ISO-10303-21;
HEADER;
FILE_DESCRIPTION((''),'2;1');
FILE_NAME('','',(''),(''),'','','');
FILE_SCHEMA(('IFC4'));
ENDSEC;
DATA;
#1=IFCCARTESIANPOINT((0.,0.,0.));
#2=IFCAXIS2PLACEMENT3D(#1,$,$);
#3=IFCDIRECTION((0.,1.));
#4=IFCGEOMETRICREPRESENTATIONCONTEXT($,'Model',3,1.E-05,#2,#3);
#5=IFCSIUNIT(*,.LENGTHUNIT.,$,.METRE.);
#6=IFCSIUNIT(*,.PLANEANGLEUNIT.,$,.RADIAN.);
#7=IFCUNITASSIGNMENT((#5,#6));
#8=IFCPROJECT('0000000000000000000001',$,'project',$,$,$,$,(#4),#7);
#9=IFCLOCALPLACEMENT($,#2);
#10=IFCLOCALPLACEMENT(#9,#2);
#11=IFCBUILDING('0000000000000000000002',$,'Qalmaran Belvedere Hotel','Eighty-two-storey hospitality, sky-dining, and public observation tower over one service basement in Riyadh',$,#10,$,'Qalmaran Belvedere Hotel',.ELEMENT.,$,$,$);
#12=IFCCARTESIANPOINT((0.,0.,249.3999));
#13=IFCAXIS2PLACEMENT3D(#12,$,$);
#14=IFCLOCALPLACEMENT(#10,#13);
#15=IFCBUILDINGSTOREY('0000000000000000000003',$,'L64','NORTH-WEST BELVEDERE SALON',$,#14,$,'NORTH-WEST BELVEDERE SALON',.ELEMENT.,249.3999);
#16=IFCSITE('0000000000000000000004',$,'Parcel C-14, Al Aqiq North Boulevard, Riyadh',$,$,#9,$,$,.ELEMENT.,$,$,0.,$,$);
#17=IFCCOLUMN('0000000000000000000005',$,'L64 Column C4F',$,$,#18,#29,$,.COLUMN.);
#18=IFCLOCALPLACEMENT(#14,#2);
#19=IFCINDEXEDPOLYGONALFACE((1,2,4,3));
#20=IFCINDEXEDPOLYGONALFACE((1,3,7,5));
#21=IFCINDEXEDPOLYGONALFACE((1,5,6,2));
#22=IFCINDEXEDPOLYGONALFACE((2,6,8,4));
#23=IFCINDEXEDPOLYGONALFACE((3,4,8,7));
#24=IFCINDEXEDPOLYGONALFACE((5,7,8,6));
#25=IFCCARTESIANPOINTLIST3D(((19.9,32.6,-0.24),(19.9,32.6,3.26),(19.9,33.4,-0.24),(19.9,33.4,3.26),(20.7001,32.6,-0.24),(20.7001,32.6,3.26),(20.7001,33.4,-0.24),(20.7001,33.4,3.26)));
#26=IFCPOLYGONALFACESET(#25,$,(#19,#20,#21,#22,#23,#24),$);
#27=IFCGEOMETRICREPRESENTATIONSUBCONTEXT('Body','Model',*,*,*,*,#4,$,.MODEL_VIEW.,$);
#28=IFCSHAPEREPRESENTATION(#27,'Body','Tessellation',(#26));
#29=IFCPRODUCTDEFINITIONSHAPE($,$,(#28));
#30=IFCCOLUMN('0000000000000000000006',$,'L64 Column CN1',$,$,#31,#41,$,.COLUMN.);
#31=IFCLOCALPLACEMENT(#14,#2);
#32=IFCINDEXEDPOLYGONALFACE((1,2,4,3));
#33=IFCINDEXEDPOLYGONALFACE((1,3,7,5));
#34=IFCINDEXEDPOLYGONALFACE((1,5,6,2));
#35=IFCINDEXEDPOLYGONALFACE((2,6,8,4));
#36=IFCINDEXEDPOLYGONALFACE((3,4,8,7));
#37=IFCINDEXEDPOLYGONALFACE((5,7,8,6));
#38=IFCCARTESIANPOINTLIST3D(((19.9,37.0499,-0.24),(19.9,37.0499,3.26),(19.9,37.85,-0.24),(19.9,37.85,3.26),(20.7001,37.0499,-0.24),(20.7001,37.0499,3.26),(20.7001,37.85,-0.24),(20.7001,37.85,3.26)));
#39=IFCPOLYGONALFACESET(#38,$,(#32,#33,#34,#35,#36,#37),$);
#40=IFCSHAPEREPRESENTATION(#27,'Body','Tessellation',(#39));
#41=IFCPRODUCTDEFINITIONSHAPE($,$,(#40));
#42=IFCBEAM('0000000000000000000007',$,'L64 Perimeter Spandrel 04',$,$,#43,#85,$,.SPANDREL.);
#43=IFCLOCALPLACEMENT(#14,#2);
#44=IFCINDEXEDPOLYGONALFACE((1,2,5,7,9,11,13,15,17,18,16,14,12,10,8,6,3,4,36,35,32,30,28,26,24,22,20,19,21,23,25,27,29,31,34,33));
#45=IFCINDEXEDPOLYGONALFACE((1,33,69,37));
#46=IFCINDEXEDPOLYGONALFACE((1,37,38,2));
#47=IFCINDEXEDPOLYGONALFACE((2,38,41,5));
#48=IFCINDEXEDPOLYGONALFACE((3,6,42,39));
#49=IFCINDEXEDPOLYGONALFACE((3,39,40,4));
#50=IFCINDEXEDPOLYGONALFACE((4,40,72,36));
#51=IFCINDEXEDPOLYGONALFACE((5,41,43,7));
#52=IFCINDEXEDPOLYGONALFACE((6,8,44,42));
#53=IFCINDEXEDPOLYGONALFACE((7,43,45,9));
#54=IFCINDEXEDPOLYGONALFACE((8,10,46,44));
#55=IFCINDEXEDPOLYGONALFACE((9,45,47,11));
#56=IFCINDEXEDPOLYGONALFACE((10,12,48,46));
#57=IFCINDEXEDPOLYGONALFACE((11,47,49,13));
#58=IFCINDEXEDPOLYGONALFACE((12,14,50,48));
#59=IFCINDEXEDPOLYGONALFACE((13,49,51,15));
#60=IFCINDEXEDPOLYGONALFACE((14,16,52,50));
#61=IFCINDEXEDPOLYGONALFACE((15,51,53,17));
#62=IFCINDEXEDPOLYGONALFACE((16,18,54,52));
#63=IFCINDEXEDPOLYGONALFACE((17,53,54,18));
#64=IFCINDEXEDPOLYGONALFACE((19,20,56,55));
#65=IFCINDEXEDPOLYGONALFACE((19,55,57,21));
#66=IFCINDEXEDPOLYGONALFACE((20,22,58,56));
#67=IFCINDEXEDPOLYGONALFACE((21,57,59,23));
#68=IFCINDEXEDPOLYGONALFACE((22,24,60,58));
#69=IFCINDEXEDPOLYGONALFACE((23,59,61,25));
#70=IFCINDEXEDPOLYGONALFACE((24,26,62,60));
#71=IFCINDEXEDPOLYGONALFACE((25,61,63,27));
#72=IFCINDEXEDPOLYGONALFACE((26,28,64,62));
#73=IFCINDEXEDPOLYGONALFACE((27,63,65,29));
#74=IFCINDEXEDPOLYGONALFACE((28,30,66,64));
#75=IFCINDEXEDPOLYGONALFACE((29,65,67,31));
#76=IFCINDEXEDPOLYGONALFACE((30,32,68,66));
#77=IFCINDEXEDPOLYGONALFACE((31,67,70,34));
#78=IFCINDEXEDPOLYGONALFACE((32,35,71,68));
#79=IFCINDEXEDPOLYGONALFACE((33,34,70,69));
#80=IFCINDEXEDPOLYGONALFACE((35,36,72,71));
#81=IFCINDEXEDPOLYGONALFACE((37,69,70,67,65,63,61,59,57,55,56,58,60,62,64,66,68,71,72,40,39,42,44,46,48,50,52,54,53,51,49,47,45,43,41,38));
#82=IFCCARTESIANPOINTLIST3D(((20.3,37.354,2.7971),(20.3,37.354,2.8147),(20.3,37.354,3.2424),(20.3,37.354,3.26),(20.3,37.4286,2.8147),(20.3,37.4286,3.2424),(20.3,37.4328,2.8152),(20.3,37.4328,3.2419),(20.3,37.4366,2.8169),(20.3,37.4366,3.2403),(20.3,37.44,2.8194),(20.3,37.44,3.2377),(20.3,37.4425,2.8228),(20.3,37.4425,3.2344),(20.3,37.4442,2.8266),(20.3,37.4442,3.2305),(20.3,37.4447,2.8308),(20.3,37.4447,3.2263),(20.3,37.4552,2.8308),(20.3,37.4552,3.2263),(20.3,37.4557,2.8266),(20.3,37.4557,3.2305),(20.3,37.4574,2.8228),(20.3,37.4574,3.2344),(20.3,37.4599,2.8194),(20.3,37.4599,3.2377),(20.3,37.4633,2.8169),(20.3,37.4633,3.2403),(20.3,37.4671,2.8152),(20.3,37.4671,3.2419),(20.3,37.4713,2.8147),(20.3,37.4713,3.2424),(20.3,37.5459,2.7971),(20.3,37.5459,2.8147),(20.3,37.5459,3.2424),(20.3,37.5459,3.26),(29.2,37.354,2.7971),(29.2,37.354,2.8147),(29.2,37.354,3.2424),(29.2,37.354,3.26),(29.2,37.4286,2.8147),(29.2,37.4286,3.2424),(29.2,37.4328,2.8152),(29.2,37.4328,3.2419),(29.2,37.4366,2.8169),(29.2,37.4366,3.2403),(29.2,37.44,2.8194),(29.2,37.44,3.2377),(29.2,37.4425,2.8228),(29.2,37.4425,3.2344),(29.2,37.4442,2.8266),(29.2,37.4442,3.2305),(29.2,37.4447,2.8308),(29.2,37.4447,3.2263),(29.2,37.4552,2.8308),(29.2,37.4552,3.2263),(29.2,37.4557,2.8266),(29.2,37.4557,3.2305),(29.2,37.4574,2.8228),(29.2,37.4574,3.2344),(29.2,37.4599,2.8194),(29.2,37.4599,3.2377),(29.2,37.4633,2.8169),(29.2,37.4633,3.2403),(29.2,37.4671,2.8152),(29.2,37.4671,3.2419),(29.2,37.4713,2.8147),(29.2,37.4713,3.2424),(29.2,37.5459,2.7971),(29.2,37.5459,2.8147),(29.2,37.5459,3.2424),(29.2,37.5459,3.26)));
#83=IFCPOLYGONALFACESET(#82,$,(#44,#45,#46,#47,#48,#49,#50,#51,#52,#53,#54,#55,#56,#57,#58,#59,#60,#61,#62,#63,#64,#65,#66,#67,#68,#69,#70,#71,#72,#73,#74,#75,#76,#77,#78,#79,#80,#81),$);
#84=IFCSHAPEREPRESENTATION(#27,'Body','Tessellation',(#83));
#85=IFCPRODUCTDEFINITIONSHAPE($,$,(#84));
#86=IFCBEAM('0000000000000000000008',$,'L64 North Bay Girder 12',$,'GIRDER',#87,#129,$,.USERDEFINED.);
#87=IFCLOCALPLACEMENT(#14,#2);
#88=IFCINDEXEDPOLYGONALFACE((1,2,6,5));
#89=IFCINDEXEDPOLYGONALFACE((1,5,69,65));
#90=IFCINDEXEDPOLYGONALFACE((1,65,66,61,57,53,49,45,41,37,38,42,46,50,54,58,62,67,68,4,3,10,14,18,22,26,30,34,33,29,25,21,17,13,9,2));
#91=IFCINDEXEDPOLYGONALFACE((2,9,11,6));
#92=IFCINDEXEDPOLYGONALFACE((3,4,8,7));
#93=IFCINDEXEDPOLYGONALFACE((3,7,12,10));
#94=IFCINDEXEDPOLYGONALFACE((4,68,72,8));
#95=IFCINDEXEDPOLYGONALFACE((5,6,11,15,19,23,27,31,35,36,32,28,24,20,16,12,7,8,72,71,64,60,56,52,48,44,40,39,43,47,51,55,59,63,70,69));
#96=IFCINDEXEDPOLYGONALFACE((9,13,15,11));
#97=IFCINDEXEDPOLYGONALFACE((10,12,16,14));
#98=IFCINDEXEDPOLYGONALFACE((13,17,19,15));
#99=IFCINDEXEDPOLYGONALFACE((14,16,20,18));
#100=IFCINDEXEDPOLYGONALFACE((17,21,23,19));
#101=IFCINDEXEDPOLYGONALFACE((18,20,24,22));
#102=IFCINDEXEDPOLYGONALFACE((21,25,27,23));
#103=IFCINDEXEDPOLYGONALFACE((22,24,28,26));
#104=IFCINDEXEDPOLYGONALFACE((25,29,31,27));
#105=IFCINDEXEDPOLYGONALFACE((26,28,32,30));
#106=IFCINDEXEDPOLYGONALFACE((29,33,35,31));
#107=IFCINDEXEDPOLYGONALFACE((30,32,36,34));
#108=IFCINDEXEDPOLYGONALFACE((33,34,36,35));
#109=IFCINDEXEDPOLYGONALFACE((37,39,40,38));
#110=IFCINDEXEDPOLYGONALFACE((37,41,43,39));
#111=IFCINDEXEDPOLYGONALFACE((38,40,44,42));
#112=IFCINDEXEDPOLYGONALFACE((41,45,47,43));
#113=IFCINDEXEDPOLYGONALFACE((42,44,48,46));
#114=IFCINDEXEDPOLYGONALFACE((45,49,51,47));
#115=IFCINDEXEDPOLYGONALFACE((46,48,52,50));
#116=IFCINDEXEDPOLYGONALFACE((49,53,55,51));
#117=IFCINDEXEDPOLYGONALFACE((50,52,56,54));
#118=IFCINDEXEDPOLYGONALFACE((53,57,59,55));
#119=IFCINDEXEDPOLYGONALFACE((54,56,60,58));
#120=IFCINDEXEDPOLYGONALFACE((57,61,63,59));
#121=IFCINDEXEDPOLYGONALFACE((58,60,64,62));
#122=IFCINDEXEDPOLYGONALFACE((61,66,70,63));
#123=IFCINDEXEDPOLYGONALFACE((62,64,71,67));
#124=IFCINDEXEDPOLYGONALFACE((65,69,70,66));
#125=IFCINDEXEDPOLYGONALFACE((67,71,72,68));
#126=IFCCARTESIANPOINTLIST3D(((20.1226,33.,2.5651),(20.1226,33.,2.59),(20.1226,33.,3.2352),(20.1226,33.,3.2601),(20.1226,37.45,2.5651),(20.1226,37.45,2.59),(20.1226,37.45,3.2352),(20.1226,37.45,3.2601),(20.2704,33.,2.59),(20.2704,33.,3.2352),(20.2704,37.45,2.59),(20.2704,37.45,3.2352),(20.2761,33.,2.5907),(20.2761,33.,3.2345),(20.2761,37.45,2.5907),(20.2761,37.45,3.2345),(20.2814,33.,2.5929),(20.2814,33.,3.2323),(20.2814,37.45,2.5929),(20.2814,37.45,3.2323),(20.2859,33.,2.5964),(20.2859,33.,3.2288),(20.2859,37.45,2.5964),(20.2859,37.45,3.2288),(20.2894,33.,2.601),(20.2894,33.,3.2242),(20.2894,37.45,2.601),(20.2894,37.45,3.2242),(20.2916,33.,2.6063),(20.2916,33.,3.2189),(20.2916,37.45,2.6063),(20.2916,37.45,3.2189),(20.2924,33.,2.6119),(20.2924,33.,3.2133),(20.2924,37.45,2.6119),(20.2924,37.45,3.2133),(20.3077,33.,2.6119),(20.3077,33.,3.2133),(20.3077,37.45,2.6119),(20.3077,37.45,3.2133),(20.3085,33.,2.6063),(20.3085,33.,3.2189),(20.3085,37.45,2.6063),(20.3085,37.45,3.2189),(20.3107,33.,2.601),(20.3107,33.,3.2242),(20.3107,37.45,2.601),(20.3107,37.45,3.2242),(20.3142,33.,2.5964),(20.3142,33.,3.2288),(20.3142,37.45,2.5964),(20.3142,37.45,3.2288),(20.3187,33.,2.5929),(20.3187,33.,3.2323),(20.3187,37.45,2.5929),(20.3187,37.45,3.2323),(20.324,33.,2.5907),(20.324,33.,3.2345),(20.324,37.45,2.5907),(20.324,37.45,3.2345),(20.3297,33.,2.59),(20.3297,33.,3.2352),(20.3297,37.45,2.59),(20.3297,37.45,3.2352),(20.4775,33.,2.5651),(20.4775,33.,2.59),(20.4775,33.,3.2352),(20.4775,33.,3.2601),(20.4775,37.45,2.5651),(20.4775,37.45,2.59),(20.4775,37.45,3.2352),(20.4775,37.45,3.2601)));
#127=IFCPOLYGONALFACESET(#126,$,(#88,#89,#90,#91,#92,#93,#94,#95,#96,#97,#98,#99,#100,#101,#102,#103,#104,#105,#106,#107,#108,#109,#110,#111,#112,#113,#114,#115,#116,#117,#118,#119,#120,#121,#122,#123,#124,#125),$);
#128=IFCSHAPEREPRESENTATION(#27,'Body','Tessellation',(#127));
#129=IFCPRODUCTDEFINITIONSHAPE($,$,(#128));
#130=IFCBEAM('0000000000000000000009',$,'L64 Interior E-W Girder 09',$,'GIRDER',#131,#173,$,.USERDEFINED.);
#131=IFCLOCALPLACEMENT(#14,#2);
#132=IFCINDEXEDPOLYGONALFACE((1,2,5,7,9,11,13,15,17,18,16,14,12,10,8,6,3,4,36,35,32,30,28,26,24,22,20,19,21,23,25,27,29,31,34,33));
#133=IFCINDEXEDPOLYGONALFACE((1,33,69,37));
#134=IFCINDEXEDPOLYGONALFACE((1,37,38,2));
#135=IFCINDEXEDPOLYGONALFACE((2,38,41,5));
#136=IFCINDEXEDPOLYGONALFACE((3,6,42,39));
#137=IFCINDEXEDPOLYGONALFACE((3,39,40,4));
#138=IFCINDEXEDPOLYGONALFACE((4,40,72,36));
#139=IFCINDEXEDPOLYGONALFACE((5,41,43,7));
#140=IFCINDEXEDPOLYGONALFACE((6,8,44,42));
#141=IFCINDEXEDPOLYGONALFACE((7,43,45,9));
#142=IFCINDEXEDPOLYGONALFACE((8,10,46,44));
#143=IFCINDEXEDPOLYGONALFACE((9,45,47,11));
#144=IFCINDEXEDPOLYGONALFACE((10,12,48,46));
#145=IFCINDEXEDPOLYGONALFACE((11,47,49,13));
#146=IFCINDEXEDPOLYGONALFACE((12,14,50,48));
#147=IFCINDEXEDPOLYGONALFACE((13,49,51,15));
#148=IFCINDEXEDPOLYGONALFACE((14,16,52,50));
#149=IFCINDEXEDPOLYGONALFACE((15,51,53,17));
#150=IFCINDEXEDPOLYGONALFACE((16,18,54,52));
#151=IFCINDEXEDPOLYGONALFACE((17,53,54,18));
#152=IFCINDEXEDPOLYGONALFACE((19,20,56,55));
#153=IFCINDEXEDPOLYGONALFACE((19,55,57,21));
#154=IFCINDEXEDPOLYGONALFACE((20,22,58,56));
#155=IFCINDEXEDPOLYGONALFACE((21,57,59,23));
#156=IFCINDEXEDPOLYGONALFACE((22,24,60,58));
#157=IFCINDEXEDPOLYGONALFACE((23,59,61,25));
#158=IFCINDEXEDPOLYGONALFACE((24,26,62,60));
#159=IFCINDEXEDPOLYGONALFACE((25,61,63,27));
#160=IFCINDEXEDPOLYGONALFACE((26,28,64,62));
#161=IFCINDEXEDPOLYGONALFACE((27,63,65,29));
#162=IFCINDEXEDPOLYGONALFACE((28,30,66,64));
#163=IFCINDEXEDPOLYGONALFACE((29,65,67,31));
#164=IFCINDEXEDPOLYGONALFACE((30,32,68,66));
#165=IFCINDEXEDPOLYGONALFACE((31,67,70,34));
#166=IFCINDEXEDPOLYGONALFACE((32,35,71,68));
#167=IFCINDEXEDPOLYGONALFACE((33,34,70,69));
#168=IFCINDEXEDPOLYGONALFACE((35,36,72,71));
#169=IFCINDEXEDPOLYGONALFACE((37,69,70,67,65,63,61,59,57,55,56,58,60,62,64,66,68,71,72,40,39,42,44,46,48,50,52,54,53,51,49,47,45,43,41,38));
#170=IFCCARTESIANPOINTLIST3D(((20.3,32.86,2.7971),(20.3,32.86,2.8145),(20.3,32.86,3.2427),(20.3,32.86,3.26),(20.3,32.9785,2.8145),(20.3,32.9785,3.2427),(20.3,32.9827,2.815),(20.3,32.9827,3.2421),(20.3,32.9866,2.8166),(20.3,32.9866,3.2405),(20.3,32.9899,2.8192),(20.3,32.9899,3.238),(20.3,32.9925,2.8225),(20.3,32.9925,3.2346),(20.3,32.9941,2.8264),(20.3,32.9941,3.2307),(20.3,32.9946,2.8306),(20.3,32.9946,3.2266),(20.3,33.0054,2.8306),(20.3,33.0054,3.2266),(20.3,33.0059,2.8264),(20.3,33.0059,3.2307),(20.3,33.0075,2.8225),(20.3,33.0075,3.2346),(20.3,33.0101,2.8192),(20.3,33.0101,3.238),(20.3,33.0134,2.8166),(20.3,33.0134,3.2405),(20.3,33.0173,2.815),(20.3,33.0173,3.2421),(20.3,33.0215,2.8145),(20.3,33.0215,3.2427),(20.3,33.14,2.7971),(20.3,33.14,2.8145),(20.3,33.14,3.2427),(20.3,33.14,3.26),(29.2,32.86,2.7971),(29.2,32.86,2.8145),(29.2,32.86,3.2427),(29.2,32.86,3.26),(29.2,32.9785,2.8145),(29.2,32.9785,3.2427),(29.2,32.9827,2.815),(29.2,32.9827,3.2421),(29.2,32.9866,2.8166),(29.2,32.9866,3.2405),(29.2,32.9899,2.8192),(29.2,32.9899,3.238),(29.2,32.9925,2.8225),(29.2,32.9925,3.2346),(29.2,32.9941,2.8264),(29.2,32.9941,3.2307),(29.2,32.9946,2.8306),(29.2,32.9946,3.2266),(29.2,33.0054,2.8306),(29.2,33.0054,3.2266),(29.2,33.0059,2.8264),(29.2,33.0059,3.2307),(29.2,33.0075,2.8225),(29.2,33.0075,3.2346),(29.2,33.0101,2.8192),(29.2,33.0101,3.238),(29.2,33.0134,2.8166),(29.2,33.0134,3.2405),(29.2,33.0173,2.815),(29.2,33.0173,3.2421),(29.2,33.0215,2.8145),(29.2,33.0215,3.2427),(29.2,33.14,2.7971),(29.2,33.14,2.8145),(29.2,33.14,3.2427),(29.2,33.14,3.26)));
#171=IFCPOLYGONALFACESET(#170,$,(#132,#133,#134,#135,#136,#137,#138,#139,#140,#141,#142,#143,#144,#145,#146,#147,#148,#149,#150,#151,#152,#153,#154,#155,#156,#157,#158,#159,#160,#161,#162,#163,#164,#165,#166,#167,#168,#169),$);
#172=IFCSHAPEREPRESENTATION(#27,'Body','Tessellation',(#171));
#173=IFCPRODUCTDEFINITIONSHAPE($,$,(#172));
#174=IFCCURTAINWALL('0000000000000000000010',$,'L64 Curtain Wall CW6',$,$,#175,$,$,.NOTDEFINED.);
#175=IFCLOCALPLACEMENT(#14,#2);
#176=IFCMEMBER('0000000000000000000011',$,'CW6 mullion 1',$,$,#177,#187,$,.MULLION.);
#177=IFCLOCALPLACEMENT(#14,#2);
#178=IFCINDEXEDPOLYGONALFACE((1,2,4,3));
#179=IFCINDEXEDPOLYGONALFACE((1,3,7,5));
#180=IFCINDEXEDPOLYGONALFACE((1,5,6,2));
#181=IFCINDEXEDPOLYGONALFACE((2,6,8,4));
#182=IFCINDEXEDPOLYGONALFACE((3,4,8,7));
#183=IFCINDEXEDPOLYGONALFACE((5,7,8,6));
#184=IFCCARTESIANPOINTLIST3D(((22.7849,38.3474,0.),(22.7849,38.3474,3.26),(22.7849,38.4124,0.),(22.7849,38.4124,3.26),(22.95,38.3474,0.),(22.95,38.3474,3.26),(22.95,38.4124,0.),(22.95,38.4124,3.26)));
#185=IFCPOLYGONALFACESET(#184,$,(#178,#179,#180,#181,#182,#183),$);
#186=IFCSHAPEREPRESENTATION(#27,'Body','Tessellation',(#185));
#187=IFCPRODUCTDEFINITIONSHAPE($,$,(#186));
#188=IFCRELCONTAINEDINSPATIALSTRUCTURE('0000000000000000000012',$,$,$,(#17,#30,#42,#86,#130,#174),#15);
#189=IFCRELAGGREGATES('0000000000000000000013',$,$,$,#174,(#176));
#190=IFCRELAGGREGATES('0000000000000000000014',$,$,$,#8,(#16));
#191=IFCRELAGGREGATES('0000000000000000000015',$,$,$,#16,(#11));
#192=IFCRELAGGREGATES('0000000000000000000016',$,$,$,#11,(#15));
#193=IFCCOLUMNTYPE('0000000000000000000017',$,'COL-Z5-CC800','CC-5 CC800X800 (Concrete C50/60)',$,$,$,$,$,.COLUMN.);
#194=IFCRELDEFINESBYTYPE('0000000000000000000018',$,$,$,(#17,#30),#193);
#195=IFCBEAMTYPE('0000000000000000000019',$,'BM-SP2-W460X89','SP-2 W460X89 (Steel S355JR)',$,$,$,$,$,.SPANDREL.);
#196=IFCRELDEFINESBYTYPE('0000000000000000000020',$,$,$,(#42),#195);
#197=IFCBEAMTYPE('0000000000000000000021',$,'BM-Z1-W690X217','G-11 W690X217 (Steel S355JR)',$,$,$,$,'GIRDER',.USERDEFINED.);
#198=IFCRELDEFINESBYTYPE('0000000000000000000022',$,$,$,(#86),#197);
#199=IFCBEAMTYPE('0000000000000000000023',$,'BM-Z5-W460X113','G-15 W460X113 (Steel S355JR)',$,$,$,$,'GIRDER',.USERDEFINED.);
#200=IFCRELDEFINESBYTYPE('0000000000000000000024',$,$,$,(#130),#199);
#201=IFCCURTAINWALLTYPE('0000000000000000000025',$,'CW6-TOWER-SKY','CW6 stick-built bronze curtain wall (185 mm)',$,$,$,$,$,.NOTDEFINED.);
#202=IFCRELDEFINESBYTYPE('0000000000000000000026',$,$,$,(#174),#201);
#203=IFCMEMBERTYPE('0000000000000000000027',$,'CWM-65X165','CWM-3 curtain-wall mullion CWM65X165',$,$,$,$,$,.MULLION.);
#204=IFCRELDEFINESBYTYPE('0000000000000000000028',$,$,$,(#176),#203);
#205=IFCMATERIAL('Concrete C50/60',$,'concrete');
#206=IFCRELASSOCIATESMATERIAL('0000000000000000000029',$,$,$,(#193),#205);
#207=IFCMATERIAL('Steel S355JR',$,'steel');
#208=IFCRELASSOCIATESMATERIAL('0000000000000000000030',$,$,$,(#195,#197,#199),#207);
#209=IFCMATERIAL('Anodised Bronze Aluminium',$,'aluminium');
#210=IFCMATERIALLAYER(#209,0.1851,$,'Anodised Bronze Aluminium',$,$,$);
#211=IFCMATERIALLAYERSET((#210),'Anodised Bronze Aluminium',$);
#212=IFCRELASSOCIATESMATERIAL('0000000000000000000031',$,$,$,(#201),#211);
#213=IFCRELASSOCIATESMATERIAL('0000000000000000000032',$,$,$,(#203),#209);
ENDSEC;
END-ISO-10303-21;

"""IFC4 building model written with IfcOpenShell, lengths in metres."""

from ifc_helpers import new_model, si_unit, direction, frame, origin, origin_2d, place, context, subcontext, project, spatial, rectangle, i_section, extrude, material, layer, layer_set, material_profile, profile_set, type_object, element, aggregate, save


model = new_model("IFC4")

# Units and contexts
model_context = context("Model", 3, precision=1e-05, world=origin(), true_north=direction((0.0, 1.0)))
body_context = subcontext(model_context, "Body", "Model", "MODEL_VIEW")
ifc_project = project(units=[si_unit("LENGTHUNIT", "METRE"), si_unit("PLANEANGLEUNIT", "RADIAN")], contexts=[model_context])

# Site, building, storey
site_placement = place(None, origin())
site = spatial("IfcSite", under=ifc_project, at=site_placement, Name="Parcel C-14, Al Aqiq North Boulevard, Riyadh", CompositionType="ELEMENT", RefElevation=0.0)
building_placement = place(site_placement, origin())
building = spatial("IfcBuilding", under=site, at=building_placement, Name="Qalmaran Belvedere Hotel", Description="Eighty-two-storey hospitality, sky-dining, and public observation tower over one service basement in Riyadh", LongName="Qalmaran Belvedere Hotel", CompositionType="ELEMENT")
storey_placement = place(building_placement, frame((0.0, 0.0, 249.3999)))
storey = spatial("IfcBuildingStorey", under=building, at=storey_placement, Name="L64", Description="NORTH-WEST BELVEDERE SALON", LongName="NORTH-WEST BELVEDERE SALON", CompositionType="ELEMENT", Elevation=249.3999)

# Columns
ifc_material_1 = material(Name="Concrete C50/60", Category="concrete")
ifc_material_profile_1 = material_profile(ifc_material_1, rectangle(XDim=0.8, YDim=0.8, at=origin_2d()), Name="CC800X800")
ifc_profile_set_1 = profile_set([ifc_material_profile_1], Name="Concrete C50/60")
column_type = type_object("IfcColumnType", Name="COL-Z5-CC800", Description="CC-5 CC800X800 (Concrete C50/60)", PredefinedType="COLUMN", material=ifc_profile_set_1)
for number, where, z_axis, x_axis, name in (
    (1, (20.3, 33.0, -0.24), (0.0, 0.0, 1.0), (1.0, 0.0, 0.0), "L64 Column C4F"),
    (2, (20.3, 37.45, -0.24), (0.0, 0.0, 1.0), (1.0, 0.0, 0.0), "L64 Column CN1"),
):
    element("IfcColumn", number, at=place(storey_placement, frame(where, z_axis=z_axis, x_axis=x_axis)), inside=storey, type_object=column_type, Name=name, PredefinedType="COLUMN", context=body_context, shape_type="SweptSolid", body=[
        extrude(rectangle(XDim=0.8, YDim=0.8, at=origin_2d()), origin(), (0.0, 0.0, 1.0), 3.5),
    ])

# Beams
ifc_material_2 = material(Name="Steel S355JR", Category="steel")
ifc_material_profile_2 = material_profile(ifc_material_2, i_section(OverallWidth=0.1919, OverallDepth=0.4629, WebThickness=0.0105, FlangeThickness=0.0176, FilletRadius=0.0161, at=origin_2d()), Name="W460X89")
ifc_profile_set_2 = profile_set([ifc_material_profile_2], Name="Steel S355JR")
beam_type_1 = type_object("IfcBeamType", Name="BM-SP2-W460X89", Description="SP-2 W460X89 (Steel S355JR)", PredefinedType="SPANDREL", material=ifc_profile_set_2)
beam_1_placement = place(storey_placement, frame((20.3, 37.45, 3.0286), z_axis=(1.0, 0.0, 0.0), x_axis=(0.0, 1.0, 0.0)))
element("IfcBeam", 3, at=beam_1_placement, inside=storey, type_object=beam_type_1, Name="L64 Perimeter Spandrel 04", PredefinedType="SPANDREL", context=body_context, shape_type="SweptSolid", body=[
    extrude(i_section(OverallWidth=0.1919, OverallDepth=0.4629, WebThickness=0.0105, FlangeThickness=0.0176, FilletRadius=0.0161, at=origin_2d()), origin(), (0.0, 0.0, 1.0), 8.8999),
])
ifc_material_profile_3 = material_profile(ifc_material_2, i_section(OverallWidth=0.355, OverallDepth=0.6951, WebThickness=0.0154, FlangeThickness=0.0249, FilletRadius=0.022, at=origin_2d()), Name="W690X217")
ifc_profile_set_3 = profile_set([ifc_material_profile_3], Name="Steel S355JR")
beam_type_2 = type_object("IfcBeamType", Name="BM-Z1-W690X217", Description="G-11 W690X217 (Steel S355JR)", ElementType="GIRDER", PredefinedType="USERDEFINED", material=ifc_profile_set_3)
beam_2_placement = place(storey_placement, frame((20.3, 33.0, 2.9126), z_axis=(0.0, 1.0, 0.0), x_axis=(-1.0, 0.0, 0.0)))
element("IfcBeam", 4, at=beam_2_placement, inside=storey, type_object=beam_type_2, Name="L64 North Bay Girder 12", ObjectType="GIRDER", PredefinedType="USERDEFINED", context=body_context, shape_type="SweptSolid", body=[
    extrude(i_section(OverallWidth=0.355, OverallDepth=0.6951, WebThickness=0.0154, FlangeThickness=0.0249, FilletRadius=0.022, at=origin_2d()), origin(), (0.0, 0.0, 1.0), 4.45),
])
ifc_material_profile_4 = material_profile(ifc_material_2, i_section(OverallWidth=0.28, OverallDepth=0.4629, WebThickness=0.0107, FlangeThickness=0.0173, FilletRadius=0.0161, at=origin_2d()), Name="W460X113")
ifc_profile_set_4 = profile_set([ifc_material_profile_4], Name="Steel S355JR")
beam_type_3 = type_object("IfcBeamType", Name="BM-Z5-W460X113", Description="G-15 W460X113 (Steel S355JR)", ElementType="GIRDER", PredefinedType="USERDEFINED", material=ifc_profile_set_4)
beam_3_placement = place(storey_placement, frame((20.3, 33.0, 3.0286), z_axis=(1.0, 0.0, 0.0), x_axis=(0.0, 1.0, 0.0)))
element("IfcBeam", 5, at=beam_3_placement, inside=storey, type_object=beam_type_3, Name="L64 Interior E-W Girder 09", ObjectType="GIRDER", PredefinedType="USERDEFINED", context=body_context, shape_type="SweptSolid", body=[
    extrude(i_section(OverallWidth=0.28, OverallDepth=0.4629, WebThickness=0.0107, FlangeThickness=0.0173, FilletRadius=0.0161, at=origin_2d()), origin(), (0.0, 0.0, 1.0), 8.8999),
])

# Curtain wall, member
ifc_material_3 = material(Name="Anodised Bronze Aluminium", Category="aluminium")
ifc_layer_1 = layer(ifc_material_3, 0.1851, Name="Anodised Bronze Aluminium")
ifc_layer_set_1 = layer_set([ifc_layer_1], Name="Anodised Bronze Aluminium")
curtain_wall_type = type_object("IfcCurtainWallType", Name="CW6-TOWER-SKY", Description="CW6 stick-built bronze curtain wall (185 mm)", PredefinedType="NOTDEFINED", material=ifc_layer_set_1)
curtain_wall_1_placement = place(storey_placement, origin())
curtain_wall_1 = element("IfcCurtainWall", 6, at=curtain_wall_1_placement, inside=storey, type_object=curtain_wall_type, Name="L64 Curtain Wall CW6", PredefinedType="NOTDEFINED")
ifc_material_profile_5 = material_profile(ifc_material_3, rectangle(XDim=0.0649, YDim=0.165, at=origin_2d()), Name="CWM65X165")
ifc_profile_set_5 = profile_set([ifc_material_profile_5], Name="Anodised Bronze Aluminium")
member_type_1 = type_object("IfcMemberType", Name="CWM-65X165", Description="CWM-3 curtain-wall mullion CWM65X165", PredefinedType="MULLION", material=ifc_profile_set_5)
member_1_placement = place(storey_placement, frame((22.8674, 38.3799, 0.0), z_axis=(0.0, 0.0, 1.0), x_axis=(0.0, -1.0, 0.0)))
member_1 = element("IfcMember", 7, at=member_1_placement, type_object=member_type_1, Name="CW6 mullion 1", PredefinedType="MULLION", context=body_context, shape_type="SweptSolid", body=[
    extrude(rectangle(XDim=0.0649, YDim=0.165, at=origin_2d()), origin(), (0.0, 0.0, 1.0), 3.26),
])

aggregate(curtain_wall_1, [member_1])

save(model, "model.ifc")
